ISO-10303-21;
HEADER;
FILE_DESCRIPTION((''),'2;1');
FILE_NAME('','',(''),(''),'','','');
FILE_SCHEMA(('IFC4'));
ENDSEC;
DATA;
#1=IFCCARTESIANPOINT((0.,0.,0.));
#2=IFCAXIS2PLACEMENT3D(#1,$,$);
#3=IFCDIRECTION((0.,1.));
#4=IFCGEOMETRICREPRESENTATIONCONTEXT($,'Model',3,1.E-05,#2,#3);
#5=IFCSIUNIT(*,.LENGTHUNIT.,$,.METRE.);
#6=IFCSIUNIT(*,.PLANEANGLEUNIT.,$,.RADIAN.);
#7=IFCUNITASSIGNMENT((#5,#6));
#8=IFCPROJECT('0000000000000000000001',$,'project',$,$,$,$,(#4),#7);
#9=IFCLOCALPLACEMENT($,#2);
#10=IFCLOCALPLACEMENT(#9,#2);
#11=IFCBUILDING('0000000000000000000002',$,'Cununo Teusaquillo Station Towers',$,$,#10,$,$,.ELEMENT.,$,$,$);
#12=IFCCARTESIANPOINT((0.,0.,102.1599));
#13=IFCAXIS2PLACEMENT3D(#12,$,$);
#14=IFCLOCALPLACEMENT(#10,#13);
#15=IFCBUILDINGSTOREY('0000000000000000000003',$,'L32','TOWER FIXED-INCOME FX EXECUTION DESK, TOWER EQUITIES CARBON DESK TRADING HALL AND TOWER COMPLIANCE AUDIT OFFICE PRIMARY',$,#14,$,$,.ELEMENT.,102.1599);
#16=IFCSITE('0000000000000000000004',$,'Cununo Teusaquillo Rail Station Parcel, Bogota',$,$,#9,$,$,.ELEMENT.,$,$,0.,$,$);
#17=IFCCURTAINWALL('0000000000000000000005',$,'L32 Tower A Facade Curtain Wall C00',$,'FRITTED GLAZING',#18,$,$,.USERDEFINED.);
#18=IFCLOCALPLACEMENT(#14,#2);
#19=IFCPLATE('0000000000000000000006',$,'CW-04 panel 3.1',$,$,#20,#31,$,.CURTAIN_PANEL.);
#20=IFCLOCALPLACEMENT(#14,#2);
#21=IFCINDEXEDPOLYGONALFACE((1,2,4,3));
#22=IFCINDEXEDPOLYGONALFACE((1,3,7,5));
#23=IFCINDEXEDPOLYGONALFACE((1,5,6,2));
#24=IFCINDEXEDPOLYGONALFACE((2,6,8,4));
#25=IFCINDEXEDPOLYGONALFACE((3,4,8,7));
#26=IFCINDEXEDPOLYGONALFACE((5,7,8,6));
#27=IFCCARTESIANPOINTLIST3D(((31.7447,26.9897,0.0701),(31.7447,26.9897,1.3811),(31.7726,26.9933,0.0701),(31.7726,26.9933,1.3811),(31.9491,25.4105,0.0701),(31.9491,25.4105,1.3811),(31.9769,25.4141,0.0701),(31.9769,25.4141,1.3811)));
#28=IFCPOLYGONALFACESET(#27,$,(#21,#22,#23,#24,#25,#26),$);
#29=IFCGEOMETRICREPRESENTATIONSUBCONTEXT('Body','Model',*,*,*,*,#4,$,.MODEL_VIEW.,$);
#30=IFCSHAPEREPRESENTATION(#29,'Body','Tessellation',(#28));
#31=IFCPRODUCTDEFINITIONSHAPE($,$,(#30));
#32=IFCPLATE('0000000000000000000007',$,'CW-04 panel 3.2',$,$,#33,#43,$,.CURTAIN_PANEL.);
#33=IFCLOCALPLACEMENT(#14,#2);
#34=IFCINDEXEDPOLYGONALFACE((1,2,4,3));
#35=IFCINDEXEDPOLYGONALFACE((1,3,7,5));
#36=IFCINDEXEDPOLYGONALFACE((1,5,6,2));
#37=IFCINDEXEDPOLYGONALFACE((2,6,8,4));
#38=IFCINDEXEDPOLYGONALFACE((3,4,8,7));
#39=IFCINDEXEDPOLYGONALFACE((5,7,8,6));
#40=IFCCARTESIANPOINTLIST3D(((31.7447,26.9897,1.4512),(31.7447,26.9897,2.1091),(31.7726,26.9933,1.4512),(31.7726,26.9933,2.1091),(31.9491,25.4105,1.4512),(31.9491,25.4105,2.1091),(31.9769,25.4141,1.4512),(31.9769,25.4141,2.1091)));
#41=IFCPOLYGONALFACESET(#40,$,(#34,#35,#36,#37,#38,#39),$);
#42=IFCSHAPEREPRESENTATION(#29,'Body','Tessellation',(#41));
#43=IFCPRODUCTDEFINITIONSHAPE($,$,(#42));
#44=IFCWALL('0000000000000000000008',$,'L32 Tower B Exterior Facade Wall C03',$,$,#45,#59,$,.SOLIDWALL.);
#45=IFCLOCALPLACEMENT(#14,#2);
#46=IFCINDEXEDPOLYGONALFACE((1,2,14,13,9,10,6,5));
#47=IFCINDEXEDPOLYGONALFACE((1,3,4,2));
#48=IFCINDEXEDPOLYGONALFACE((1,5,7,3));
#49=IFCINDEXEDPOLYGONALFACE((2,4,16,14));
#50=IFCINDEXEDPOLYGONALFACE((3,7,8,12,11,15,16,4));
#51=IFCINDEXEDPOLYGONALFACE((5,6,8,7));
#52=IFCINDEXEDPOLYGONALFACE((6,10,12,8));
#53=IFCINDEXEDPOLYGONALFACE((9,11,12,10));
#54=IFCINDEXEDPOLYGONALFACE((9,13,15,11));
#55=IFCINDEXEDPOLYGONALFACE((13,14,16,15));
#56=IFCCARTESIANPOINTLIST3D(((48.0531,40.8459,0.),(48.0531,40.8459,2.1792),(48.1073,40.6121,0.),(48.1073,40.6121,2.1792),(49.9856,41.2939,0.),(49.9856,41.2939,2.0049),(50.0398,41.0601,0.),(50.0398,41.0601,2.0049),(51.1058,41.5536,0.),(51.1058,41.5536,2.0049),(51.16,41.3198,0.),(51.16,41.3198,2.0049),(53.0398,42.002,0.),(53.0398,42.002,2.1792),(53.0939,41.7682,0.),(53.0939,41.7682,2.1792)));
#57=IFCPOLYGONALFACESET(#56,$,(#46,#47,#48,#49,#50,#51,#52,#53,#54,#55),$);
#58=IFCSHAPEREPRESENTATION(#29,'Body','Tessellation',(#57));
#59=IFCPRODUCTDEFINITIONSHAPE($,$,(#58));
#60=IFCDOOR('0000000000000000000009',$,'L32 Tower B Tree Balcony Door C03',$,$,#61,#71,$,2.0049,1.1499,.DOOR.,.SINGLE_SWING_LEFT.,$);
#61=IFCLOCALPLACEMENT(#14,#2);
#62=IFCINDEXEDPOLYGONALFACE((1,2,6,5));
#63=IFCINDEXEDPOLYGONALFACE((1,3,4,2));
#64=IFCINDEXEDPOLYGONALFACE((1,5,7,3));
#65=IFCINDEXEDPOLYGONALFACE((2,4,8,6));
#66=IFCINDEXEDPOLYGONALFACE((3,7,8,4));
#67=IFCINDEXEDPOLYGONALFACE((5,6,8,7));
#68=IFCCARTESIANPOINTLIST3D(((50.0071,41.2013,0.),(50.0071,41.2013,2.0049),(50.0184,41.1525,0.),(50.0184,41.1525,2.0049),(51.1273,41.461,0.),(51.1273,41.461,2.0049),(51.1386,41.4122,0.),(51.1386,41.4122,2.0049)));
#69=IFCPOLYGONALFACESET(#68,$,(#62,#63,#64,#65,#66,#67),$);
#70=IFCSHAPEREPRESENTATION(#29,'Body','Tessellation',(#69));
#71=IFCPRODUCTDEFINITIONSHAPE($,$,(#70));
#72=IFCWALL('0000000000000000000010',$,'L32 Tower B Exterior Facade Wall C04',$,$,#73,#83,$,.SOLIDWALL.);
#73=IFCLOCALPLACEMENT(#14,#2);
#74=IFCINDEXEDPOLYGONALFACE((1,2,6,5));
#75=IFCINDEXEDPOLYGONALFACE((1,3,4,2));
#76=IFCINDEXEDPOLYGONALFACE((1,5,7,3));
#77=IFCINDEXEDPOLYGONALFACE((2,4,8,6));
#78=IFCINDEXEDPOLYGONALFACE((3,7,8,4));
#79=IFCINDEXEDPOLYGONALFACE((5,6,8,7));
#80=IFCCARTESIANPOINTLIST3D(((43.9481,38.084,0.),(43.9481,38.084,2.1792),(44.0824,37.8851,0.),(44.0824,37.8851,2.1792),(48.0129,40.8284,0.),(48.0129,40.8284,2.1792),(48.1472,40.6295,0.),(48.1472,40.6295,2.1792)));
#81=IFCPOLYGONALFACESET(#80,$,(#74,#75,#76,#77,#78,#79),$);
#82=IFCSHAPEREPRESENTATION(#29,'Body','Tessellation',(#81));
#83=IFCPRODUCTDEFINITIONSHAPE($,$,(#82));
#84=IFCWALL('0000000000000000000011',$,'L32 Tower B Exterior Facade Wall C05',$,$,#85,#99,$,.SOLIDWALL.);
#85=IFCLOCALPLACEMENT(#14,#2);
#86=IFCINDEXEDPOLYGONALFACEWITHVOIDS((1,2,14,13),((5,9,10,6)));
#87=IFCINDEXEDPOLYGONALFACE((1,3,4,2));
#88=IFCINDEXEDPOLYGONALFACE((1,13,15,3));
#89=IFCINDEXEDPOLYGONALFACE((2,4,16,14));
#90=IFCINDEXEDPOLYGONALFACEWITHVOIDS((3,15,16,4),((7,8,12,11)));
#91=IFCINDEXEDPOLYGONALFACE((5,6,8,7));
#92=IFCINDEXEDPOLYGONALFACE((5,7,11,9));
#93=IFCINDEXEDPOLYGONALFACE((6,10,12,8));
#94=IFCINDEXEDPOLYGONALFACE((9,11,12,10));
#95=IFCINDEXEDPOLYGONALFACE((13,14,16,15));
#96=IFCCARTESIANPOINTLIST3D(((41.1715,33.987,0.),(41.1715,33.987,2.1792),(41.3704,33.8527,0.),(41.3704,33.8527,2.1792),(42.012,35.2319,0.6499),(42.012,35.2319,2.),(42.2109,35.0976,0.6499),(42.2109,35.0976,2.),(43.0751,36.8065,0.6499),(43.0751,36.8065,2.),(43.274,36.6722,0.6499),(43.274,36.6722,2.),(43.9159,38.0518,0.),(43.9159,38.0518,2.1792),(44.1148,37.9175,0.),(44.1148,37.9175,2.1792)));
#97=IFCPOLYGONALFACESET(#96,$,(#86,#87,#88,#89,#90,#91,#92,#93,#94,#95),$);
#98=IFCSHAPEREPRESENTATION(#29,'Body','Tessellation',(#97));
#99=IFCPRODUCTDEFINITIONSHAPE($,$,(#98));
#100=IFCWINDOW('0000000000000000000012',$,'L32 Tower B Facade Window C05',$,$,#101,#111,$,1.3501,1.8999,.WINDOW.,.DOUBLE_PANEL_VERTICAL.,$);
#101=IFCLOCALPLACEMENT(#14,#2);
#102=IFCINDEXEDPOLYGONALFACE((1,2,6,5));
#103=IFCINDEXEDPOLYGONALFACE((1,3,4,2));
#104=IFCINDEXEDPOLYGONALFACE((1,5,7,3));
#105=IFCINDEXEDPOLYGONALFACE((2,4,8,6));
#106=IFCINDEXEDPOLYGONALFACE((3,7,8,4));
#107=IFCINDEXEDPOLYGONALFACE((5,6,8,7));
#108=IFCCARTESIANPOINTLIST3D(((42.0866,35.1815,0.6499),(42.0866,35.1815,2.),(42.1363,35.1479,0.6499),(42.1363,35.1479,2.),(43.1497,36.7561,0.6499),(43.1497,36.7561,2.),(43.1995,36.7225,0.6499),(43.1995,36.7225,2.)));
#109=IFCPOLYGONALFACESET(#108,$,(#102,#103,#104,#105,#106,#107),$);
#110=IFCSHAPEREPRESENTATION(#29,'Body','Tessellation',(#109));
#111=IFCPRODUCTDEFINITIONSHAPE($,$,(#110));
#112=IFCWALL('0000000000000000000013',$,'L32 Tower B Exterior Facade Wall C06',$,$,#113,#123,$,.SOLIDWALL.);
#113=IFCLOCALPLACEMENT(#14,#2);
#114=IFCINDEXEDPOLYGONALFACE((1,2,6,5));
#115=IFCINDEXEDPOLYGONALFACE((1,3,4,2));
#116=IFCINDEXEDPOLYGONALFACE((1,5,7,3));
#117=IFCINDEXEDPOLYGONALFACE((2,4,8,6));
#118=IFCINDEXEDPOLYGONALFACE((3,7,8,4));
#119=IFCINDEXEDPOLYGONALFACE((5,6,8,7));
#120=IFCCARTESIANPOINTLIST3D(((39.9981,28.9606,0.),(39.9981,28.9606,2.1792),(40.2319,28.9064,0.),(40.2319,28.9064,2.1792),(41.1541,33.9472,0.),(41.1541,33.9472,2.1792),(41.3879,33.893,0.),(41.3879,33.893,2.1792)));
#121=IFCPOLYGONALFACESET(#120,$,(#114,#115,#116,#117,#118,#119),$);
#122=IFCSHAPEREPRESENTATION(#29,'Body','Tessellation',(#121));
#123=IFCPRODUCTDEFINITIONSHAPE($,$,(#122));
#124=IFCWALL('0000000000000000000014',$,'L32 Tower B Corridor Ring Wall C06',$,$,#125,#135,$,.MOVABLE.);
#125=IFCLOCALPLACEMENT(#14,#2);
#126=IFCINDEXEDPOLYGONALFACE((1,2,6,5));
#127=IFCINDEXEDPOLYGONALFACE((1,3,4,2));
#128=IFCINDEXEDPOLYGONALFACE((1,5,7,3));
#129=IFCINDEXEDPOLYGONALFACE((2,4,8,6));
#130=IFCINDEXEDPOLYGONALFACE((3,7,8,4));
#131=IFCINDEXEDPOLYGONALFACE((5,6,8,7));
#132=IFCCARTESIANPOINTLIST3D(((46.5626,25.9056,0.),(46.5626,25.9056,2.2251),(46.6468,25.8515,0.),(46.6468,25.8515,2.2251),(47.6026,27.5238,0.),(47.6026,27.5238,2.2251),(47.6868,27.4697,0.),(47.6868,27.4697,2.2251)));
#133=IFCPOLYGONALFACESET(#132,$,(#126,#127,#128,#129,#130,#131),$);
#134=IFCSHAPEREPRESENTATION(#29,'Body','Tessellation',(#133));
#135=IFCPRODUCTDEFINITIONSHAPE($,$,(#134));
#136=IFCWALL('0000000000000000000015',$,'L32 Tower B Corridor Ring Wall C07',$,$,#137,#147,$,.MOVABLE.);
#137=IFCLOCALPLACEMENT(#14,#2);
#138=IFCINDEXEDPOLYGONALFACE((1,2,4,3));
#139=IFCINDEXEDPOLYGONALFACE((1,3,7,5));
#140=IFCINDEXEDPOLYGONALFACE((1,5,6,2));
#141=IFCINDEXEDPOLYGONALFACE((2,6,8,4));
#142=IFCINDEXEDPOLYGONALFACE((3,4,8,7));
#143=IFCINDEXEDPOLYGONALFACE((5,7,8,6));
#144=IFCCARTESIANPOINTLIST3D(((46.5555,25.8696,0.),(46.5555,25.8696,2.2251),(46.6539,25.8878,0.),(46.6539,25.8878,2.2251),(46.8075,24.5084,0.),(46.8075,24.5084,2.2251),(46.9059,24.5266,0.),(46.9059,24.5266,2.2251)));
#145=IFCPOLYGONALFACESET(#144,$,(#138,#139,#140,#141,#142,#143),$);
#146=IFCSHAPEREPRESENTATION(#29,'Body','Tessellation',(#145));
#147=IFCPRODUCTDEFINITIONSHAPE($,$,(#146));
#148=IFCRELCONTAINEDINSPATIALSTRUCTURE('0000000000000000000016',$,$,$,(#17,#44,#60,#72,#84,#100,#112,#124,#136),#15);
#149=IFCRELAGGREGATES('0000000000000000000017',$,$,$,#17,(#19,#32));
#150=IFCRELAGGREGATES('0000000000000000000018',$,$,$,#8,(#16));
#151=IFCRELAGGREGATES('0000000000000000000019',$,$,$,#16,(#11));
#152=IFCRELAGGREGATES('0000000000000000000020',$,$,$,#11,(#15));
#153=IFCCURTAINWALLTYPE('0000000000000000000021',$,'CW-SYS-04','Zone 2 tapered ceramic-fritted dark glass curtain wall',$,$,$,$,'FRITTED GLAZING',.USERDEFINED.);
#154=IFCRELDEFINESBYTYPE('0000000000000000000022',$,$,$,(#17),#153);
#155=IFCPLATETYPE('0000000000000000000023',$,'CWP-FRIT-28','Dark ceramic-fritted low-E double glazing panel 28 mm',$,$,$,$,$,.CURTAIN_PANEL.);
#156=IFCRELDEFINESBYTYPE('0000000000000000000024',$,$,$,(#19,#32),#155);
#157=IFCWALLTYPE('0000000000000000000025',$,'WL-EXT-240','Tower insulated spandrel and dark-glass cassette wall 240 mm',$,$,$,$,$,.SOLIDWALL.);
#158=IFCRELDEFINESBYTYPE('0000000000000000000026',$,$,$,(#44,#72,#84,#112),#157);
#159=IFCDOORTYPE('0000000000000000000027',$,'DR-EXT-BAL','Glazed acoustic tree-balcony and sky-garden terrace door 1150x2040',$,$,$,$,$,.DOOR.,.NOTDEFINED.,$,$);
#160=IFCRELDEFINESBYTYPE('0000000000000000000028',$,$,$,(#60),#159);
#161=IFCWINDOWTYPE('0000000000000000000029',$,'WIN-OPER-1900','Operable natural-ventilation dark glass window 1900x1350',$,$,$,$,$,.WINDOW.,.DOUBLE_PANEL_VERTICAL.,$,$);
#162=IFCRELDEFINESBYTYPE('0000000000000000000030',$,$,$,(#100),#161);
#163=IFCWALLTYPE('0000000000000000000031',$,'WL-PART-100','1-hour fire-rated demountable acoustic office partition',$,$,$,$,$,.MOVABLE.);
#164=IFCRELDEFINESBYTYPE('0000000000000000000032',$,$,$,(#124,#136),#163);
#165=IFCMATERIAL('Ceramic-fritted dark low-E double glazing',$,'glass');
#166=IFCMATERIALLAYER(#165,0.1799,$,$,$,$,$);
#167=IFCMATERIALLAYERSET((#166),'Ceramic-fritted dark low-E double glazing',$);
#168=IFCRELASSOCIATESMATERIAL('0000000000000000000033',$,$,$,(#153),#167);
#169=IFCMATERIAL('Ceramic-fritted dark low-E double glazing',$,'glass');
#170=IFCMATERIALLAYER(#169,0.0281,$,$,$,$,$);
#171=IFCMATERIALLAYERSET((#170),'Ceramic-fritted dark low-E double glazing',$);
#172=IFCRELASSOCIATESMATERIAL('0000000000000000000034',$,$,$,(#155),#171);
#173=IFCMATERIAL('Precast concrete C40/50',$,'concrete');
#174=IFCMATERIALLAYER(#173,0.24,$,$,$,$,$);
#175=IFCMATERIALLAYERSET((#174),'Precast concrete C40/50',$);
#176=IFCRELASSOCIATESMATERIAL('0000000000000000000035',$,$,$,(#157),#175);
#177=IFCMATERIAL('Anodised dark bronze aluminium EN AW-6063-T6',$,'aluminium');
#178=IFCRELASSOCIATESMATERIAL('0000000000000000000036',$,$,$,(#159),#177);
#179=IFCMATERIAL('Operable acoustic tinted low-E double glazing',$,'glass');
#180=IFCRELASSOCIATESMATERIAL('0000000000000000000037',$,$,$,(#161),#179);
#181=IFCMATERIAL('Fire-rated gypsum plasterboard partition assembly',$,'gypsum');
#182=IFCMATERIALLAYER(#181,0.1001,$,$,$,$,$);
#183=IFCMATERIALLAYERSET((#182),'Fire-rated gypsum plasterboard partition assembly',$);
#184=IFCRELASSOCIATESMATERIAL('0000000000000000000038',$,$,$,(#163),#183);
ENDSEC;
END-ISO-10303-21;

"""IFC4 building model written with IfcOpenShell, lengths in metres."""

from ifc_helpers import new_model, si_unit, direction, frame, frame_2d, origin, origin_2d, place, context, subcontext, project, spatial, rectangle, extrude, source, transform, mapped, material, layer, layer_set, type_object, element, fill, aggregate, save


model = new_model("IFC4")

# Units and contexts
model_context = context("Model", 3, precision=1e-05, world=origin(), true_north=direction((0.0, 1.0)))
body_context = subcontext(model_context, "Body", "Model", "MODEL_VIEW")
ifc_project = project(units=[si_unit("LENGTHUNIT", "METRE"), si_unit("PLANEANGLEUNIT", "RADIAN")], contexts=[model_context])

# Site, building, storey
site_placement = place(None, origin())
site = spatial("IfcSite", under=ifc_project, at=site_placement, Name="Cununo Teusaquillo Rail Station Parcel, Bogota", CompositionType="ELEMENT", RefElevation=0.0)
building_placement = place(site_placement, origin())
building = spatial("IfcBuilding", under=site, at=building_placement, Name="Cununo Teusaquillo Station Towers", CompositionType="ELEMENT")
storey_placement = place(building_placement, frame((0.0, 0.0, 102.1599)))
storey = spatial("IfcBuildingStorey", under=building, at=storey_placement, Name="L32", Description="TOWER FIXED-INCOME FX EXECUTION DESK, TOWER EQUITIES CARBON DESK TRADING HALL AND TOWER COMPLIANCE AUDIT OFFICE PRIMARY", CompositionType="ELEMENT", Elevation=102.1599)

# Curtain wall
ifc_material_1 = material(Name="Ceramic-fritted dark low-E double glazing", Category="glass")
ifc_layer_1 = layer(ifc_material_1, 0.1799)
ifc_layer_set_1 = layer_set([ifc_layer_1], Name="Ceramic-fritted dark low-E double glazing")
curtain_wall_type = type_object("IfcCurtainWallType", Name="CW-SYS-04", Description="Zone 2 tapered ceramic-fritted dark glass curtain wall", ElementType="FRITTED GLAZING", PredefinedType="USERDEFINED", material=ifc_layer_set_1)
curtain_wall_placement = place(storey_placement, origin())
curtain_wall = element("IfcCurtainWall", 1, at=curtain_wall_placement, inside=storey, type_object=curtain_wall_type, Name="L32 Tower A Facade Curtain Wall C00", ObjectType="FRITTED GLAZING", PredefinedType="USERDEFINED")

# Plates
ifc_material_2 = material(Name="Ceramic-fritted dark low-E double glazing", Category="glass")
ifc_layer_2 = layer(ifc_material_2, 0.0281)
ifc_layer_set_2 = layer_set([ifc_layer_2], Name="Ceramic-fritted dark low-E double glazing")
plate_type_1 = type_object("IfcPlateType", Name="CWP-FRIT-28", Description="Dark ceramic-fritted low-E double glazing panel 28 mm", PredefinedType="CURTAIN_PANEL", material=ifc_layer_set_2)
shared_shape_1 = source(origin(), body_context, "Body", "SweptSolid", [
    extrude(rectangle(XDim=1.5923, YDim=0.0281, at=origin_2d()), origin(), (0.0, 0.0, 1.0), 1.311),
])
plate_1_placement = place(storey_placement, frame((31.8608, 26.2019, 0.0701), z_axis=(0.0, 0.0, 1.0), x_axis=(0.128336, -0.991731, 0.0)))
plate_1 = element("IfcPlate", 2, at=plate_1_placement, type_object=plate_type_1, Name="CW-04 panel 3.1", PredefinedType="CURTAIN_PANEL", context=body_context, shape_type="MappedRepresentation", body=[
    mapped(shared_shape_1, transform((0.0, 0.0, 0.0), x_axis=(1.0, 0.0, 0.0), y_axis=(0.0, 1.0, 0.0), z_axis=(0.0, 0.0, 1.0), scale=1.0)),
])
shared_shape_2 = source(origin(), body_context, "Body", "SweptSolid", [
    extrude(rectangle(XDim=1.5923, YDim=0.0281, at=origin_2d()), origin(), (0.0, 0.0, 1.0), 0.658),
])
plate_2_placement = place(storey_placement, frame((31.8608, 26.2019, 1.4512), z_axis=(0.0, 0.0, 1.0), x_axis=(0.128336, -0.991731, 0.0)))
plate_2 = element("IfcPlate", 3, at=plate_2_placement, type_object=plate_type_1, Name="CW-04 panel 3.2", PredefinedType="CURTAIN_PANEL", context=body_context, shape_type="MappedRepresentation", body=[
    mapped(shared_shape_2, transform((0.0, 0.0, 0.0), x_axis=(1.0, 0.0, 0.0), y_axis=(0.0, 1.0, 0.0), z_axis=(0.0, 0.0, 1.0), scale=1.0)),
])
aggregate(curtain_wall, [plate_1, plate_2])

# Wall, opening, door
ifc_material_3 = material(Name="Precast concrete C40/50", Category="concrete")
ifc_layer_3 = layer(ifc_material_3, 0.24)
ifc_layer_set_3 = layer_set([ifc_layer_3], Name="Precast concrete C40/50")
wall_type_1 = type_object("IfcWallType", Name="WL-EXT-240", Description="Tower insulated spandrel and dark-glass cassette wall 240 mm", PredefinedType="SOLIDWALL", material=ifc_layer_set_3)
wall_1_placement = place(storey_placement, frame((48.0801, 40.729, 0.0), z_axis=(0.0, 0.0, 1.0), x_axis=(0.974166, 0.225835, 0.0)))
wall_1 = element("IfcWall", 4, at=wall_1_placement, inside=storey, type_object=wall_type_1, Name="L32 Tower B Exterior Facade Wall C03", PredefinedType="SOLIDWALL", context=body_context, shape_type="SweptSolid", body=[
    extrude(rectangle(XDim=5.1189, YDim=0.24, at=frame_2d((2.5596, 0.0))), origin(), (0.0, 0.0, 1.0), 2.1792),
])
shared_shape_3 = source(origin(), body_context, "Body", "SweptSolid", [
    extrude(rectangle(XDim=1.1499, YDim=2.0049, at=frame_2d((0.575, 1.0024))), frame((0.0, 0.1299, 0.0), z_axis=(0.0, -1.0, 0.0), x_axis=(1.0, 0.0, 0.0)), (0.0, 0.0, 1.0), 0.26),
])
opening_1_placement = place(wall_1_placement, frame((1.9839, 0.0, 0.0)))
opening_1 = element("IfcOpeningElement", 5, at=opening_1_placement, cuts=wall_1, PredefinedType="OPENING", context=body_context, shape_type="MappedRepresentation", body=[
    mapped(shared_shape_3, transform((0.0, 0.0, 0.0), x_axis=(1.0, 0.0, 0.0), y_axis=(0.0, 1.0, 0.0), z_axis=(0.0, 0.0, 1.0), scale=1.0)),
])
ifc_material_4 = material(Name="Anodised dark bronze aluminium EN AW-6063-T6", Category="aluminium")
door_type_1 = type_object("IfcDoorType", Name="DR-EXT-BAL", Description="Glazed acoustic tree-balcony and sky-garden terrace door 1150x2040", OperationType="NOTDEFINED", PredefinedType="DOOR", material=ifc_material_4)
shared_shape_4 = source(origin(), body_context, "Body", "SweptSolid", [
    extrude(rectangle(XDim=1.1499, YDim=2.0049, at=frame_2d((0.575, 1.0024))), frame((0.0, 0.0249, 0.0), z_axis=(0.0, -1.0, 0.0), x_axis=(1.0, 0.0, 0.0)), (0.0, 0.0, 1.0), 0.05),
])
door_1_placement = place(opening_1_placement, origin())
door_1 = element("IfcDoor", 6, at=door_1_placement, inside=storey, type_object=door_type_1, Name="L32 Tower B Tree Balcony Door C03", OperationType="SINGLE_SWING_LEFT", OverallHeight=2.0049, OverallWidth=1.1499, PredefinedType="DOOR", context=body_context, shape_type="MappedRepresentation", body=[
    mapped(shared_shape_4, transform((0.0, 0.0, 0.0), x_axis=(1.0, 0.0, 0.0), y_axis=(0.0, 1.0, 0.0), z_axis=(0.0, 0.0, 1.0), scale=1.0)),
])
fill(opening_1, door_1)

# Wall
wall_2_placement = place(storey_placement, frame((44.0154, 37.9846, 0.0), z_axis=(0.0, 0.0, 1.0), x_axis=(0.828781, 0.559573, 0.0)))
element("IfcWall", 7, at=wall_2_placement, inside=storey, type_object=wall_type_1, Name="L32 Tower B Exterior Facade Wall C04", PredefinedType="SOLIDWALL", context=body_context, shape_type="SweptSolid", body=[
    extrude(rectangle(XDim=4.9045, YDim=0.24, at=frame_2d((2.4521, 0.0))), origin(), (0.0, 0.0, 1.0), 2.1792),
])

# Wall, opening, window
wall_3_placement = place(storey_placement, frame((41.271, 33.9199, 0.0), z_axis=(0.0, 0.0, 1.0), x_axis=(0.559573, 0.828781, 0.0)))
wall_3 = element("IfcWall", 8, at=wall_3_placement, inside=storey, type_object=wall_type_1, Name="L32 Tower B Exterior Facade Wall C05", PredefinedType="SOLIDWALL", context=body_context, shape_type="SweptSolid", body=[
    extrude(rectangle(XDim=4.9045, YDim=0.24, at=frame_2d((2.4521, 0.0))), origin(), (0.0, 0.0, 1.0), 2.1792),
])
shared_shape_5 = source(origin(), body_context, "Body", "SweptSolid", [
    extrude(rectangle(XDim=1.8999, YDim=1.3501, at=frame_2d((0.95, 0.675))), frame((0.0, 0.1299, 0.0), z_axis=(0.0, -1.0, 0.0), x_axis=(1.0, 0.0, 0.0)), (0.0, 0.0, 1.0), 0.26),
])
opening_2_placement = place(wall_3_placement, frame((1.502, 0.0, 0.6499)))
opening_2 = element("IfcOpeningElement", 9, at=opening_2_placement, cuts=wall_3, PredefinedType="OPENING", context=body_context, shape_type="MappedRepresentation", body=[
    mapped(shared_shape_5, transform((0.0, 0.0, 0.0), x_axis=(1.0, 0.0, 0.0), y_axis=(0.0, 1.0, 0.0), z_axis=(0.0, 0.0, 1.0), scale=1.0)),
])
ifc_material_5 = material(Name="Operable acoustic tinted low-E double glazing", Category="glass")
window_type = type_object("IfcWindowType", Name="WIN-OPER-1900", Description="Operable natural-ventilation dark glass window 1900x1350", PartitioningType="DOUBLE_PANEL_VERTICAL", PredefinedType="WINDOW", material=ifc_material_5)
shared_shape_6 = source(origin(), body_context, "Body", "SweptSolid", [
    extrude(rectangle(XDim=1.8999, YDim=1.3501, at=frame_2d((0.95, 0.675))), frame((0.0, 0.03, 0.0), z_axis=(0.0, -1.0, 0.0), x_axis=(1.0, 0.0, 0.0)), (0.0, 0.0, 1.0), 0.0601),
])
window_placement = place(opening_2_placement, origin())
window = element("IfcWindow", 10, at=window_placement, inside=storey, type_object=window_type, Name="L32 Tower B Facade Window C05", OverallHeight=1.3501, OverallWidth=1.8999, PartitioningType="DOUBLE_PANEL_VERTICAL", PredefinedType="WINDOW", context=body_context, shape_type="MappedRepresentation", body=[
    mapped(shared_shape_6, transform((0.0, 0.0, 0.0), x_axis=(1.0, 0.0, 0.0), y_axis=(0.0, 1.0, 0.0), z_axis=(0.0, 0.0, 1.0), scale=1.0)),
])
fill(opening_2, window)

# Walls
wall_4_placement = place(storey_placement, frame((40.115, 28.9333, 0.0), z_axis=(0.0, 0.0, 1.0), x_axis=(0.225835, 0.974166, 0.0)))
element("IfcWall", 11, at=wall_4_placement, inside=storey, type_object=wall_type_1, Name="L32 Tower B Exterior Facade Wall C06", PredefinedType="SOLIDWALL", context=body_context, shape_type="SweptSolid", body=[
    extrude(rectangle(XDim=5.1189, YDim=0.24, at=frame_2d((2.5596, 0.0))), origin(), (0.0, 0.0, 1.0), 2.1792),
])
ifc_material_6 = material(Name="Fire-rated gypsum plasterboard partition assembly", Category="gypsum")
ifc_layer_4 = layer(ifc_material_6, 0.1001)
ifc_layer_set_4 = layer_set([ifc_layer_4], Name="Fire-rated gypsum plasterboard partition assembly")
wall_type_2 = type_object("IfcWallType", Name="WL-PART-100", Description="1-hour fire-rated demountable acoustic office partition", PredefinedType="MOVABLE", material=ifc_layer_set_4)
wall_5_placement = place(storey_placement, frame((47.6448, 27.4968, 0.0), z_axis=(0.0, 0.0, 1.0), x_axis=(-0.540681, -0.841228, 0.0)))
element("IfcWall", 12, at=wall_5_placement, inside=storey, type_object=wall_type_2, Name="L32 Tower B Corridor Ring Wall C06", PredefinedType="MOVABLE", context=body_context, shape_type="SweptSolid", body=[
    extrude(rectangle(XDim=1.9236, YDim=0.1001, at=frame_2d((0.9619, 0.0))), origin(), (0.0, 0.0, 1.0), 2.2251),
])
wall_6_placement = place(storey_placement, frame((46.6047, 25.8787, 0.0), z_axis=(0.0, 0.0, 1.0), x_axis=(0.18202, -0.983295, 0.0)))
element("IfcWall", 13, at=wall_6_placement, inside=storey, type_object=wall_type_2, Name="L32 Tower B Corridor Ring Wall C07", PredefinedType="MOVABLE", context=body_context, shape_type="SweptSolid", body=[
    extrude(rectangle(XDim=1.3843, YDim=0.1001, at=frame_2d((0.6921, 0.0))), origin(), (0.0, 0.0, 1.0), 2.2251),
])

save(model, "model.ifc")
